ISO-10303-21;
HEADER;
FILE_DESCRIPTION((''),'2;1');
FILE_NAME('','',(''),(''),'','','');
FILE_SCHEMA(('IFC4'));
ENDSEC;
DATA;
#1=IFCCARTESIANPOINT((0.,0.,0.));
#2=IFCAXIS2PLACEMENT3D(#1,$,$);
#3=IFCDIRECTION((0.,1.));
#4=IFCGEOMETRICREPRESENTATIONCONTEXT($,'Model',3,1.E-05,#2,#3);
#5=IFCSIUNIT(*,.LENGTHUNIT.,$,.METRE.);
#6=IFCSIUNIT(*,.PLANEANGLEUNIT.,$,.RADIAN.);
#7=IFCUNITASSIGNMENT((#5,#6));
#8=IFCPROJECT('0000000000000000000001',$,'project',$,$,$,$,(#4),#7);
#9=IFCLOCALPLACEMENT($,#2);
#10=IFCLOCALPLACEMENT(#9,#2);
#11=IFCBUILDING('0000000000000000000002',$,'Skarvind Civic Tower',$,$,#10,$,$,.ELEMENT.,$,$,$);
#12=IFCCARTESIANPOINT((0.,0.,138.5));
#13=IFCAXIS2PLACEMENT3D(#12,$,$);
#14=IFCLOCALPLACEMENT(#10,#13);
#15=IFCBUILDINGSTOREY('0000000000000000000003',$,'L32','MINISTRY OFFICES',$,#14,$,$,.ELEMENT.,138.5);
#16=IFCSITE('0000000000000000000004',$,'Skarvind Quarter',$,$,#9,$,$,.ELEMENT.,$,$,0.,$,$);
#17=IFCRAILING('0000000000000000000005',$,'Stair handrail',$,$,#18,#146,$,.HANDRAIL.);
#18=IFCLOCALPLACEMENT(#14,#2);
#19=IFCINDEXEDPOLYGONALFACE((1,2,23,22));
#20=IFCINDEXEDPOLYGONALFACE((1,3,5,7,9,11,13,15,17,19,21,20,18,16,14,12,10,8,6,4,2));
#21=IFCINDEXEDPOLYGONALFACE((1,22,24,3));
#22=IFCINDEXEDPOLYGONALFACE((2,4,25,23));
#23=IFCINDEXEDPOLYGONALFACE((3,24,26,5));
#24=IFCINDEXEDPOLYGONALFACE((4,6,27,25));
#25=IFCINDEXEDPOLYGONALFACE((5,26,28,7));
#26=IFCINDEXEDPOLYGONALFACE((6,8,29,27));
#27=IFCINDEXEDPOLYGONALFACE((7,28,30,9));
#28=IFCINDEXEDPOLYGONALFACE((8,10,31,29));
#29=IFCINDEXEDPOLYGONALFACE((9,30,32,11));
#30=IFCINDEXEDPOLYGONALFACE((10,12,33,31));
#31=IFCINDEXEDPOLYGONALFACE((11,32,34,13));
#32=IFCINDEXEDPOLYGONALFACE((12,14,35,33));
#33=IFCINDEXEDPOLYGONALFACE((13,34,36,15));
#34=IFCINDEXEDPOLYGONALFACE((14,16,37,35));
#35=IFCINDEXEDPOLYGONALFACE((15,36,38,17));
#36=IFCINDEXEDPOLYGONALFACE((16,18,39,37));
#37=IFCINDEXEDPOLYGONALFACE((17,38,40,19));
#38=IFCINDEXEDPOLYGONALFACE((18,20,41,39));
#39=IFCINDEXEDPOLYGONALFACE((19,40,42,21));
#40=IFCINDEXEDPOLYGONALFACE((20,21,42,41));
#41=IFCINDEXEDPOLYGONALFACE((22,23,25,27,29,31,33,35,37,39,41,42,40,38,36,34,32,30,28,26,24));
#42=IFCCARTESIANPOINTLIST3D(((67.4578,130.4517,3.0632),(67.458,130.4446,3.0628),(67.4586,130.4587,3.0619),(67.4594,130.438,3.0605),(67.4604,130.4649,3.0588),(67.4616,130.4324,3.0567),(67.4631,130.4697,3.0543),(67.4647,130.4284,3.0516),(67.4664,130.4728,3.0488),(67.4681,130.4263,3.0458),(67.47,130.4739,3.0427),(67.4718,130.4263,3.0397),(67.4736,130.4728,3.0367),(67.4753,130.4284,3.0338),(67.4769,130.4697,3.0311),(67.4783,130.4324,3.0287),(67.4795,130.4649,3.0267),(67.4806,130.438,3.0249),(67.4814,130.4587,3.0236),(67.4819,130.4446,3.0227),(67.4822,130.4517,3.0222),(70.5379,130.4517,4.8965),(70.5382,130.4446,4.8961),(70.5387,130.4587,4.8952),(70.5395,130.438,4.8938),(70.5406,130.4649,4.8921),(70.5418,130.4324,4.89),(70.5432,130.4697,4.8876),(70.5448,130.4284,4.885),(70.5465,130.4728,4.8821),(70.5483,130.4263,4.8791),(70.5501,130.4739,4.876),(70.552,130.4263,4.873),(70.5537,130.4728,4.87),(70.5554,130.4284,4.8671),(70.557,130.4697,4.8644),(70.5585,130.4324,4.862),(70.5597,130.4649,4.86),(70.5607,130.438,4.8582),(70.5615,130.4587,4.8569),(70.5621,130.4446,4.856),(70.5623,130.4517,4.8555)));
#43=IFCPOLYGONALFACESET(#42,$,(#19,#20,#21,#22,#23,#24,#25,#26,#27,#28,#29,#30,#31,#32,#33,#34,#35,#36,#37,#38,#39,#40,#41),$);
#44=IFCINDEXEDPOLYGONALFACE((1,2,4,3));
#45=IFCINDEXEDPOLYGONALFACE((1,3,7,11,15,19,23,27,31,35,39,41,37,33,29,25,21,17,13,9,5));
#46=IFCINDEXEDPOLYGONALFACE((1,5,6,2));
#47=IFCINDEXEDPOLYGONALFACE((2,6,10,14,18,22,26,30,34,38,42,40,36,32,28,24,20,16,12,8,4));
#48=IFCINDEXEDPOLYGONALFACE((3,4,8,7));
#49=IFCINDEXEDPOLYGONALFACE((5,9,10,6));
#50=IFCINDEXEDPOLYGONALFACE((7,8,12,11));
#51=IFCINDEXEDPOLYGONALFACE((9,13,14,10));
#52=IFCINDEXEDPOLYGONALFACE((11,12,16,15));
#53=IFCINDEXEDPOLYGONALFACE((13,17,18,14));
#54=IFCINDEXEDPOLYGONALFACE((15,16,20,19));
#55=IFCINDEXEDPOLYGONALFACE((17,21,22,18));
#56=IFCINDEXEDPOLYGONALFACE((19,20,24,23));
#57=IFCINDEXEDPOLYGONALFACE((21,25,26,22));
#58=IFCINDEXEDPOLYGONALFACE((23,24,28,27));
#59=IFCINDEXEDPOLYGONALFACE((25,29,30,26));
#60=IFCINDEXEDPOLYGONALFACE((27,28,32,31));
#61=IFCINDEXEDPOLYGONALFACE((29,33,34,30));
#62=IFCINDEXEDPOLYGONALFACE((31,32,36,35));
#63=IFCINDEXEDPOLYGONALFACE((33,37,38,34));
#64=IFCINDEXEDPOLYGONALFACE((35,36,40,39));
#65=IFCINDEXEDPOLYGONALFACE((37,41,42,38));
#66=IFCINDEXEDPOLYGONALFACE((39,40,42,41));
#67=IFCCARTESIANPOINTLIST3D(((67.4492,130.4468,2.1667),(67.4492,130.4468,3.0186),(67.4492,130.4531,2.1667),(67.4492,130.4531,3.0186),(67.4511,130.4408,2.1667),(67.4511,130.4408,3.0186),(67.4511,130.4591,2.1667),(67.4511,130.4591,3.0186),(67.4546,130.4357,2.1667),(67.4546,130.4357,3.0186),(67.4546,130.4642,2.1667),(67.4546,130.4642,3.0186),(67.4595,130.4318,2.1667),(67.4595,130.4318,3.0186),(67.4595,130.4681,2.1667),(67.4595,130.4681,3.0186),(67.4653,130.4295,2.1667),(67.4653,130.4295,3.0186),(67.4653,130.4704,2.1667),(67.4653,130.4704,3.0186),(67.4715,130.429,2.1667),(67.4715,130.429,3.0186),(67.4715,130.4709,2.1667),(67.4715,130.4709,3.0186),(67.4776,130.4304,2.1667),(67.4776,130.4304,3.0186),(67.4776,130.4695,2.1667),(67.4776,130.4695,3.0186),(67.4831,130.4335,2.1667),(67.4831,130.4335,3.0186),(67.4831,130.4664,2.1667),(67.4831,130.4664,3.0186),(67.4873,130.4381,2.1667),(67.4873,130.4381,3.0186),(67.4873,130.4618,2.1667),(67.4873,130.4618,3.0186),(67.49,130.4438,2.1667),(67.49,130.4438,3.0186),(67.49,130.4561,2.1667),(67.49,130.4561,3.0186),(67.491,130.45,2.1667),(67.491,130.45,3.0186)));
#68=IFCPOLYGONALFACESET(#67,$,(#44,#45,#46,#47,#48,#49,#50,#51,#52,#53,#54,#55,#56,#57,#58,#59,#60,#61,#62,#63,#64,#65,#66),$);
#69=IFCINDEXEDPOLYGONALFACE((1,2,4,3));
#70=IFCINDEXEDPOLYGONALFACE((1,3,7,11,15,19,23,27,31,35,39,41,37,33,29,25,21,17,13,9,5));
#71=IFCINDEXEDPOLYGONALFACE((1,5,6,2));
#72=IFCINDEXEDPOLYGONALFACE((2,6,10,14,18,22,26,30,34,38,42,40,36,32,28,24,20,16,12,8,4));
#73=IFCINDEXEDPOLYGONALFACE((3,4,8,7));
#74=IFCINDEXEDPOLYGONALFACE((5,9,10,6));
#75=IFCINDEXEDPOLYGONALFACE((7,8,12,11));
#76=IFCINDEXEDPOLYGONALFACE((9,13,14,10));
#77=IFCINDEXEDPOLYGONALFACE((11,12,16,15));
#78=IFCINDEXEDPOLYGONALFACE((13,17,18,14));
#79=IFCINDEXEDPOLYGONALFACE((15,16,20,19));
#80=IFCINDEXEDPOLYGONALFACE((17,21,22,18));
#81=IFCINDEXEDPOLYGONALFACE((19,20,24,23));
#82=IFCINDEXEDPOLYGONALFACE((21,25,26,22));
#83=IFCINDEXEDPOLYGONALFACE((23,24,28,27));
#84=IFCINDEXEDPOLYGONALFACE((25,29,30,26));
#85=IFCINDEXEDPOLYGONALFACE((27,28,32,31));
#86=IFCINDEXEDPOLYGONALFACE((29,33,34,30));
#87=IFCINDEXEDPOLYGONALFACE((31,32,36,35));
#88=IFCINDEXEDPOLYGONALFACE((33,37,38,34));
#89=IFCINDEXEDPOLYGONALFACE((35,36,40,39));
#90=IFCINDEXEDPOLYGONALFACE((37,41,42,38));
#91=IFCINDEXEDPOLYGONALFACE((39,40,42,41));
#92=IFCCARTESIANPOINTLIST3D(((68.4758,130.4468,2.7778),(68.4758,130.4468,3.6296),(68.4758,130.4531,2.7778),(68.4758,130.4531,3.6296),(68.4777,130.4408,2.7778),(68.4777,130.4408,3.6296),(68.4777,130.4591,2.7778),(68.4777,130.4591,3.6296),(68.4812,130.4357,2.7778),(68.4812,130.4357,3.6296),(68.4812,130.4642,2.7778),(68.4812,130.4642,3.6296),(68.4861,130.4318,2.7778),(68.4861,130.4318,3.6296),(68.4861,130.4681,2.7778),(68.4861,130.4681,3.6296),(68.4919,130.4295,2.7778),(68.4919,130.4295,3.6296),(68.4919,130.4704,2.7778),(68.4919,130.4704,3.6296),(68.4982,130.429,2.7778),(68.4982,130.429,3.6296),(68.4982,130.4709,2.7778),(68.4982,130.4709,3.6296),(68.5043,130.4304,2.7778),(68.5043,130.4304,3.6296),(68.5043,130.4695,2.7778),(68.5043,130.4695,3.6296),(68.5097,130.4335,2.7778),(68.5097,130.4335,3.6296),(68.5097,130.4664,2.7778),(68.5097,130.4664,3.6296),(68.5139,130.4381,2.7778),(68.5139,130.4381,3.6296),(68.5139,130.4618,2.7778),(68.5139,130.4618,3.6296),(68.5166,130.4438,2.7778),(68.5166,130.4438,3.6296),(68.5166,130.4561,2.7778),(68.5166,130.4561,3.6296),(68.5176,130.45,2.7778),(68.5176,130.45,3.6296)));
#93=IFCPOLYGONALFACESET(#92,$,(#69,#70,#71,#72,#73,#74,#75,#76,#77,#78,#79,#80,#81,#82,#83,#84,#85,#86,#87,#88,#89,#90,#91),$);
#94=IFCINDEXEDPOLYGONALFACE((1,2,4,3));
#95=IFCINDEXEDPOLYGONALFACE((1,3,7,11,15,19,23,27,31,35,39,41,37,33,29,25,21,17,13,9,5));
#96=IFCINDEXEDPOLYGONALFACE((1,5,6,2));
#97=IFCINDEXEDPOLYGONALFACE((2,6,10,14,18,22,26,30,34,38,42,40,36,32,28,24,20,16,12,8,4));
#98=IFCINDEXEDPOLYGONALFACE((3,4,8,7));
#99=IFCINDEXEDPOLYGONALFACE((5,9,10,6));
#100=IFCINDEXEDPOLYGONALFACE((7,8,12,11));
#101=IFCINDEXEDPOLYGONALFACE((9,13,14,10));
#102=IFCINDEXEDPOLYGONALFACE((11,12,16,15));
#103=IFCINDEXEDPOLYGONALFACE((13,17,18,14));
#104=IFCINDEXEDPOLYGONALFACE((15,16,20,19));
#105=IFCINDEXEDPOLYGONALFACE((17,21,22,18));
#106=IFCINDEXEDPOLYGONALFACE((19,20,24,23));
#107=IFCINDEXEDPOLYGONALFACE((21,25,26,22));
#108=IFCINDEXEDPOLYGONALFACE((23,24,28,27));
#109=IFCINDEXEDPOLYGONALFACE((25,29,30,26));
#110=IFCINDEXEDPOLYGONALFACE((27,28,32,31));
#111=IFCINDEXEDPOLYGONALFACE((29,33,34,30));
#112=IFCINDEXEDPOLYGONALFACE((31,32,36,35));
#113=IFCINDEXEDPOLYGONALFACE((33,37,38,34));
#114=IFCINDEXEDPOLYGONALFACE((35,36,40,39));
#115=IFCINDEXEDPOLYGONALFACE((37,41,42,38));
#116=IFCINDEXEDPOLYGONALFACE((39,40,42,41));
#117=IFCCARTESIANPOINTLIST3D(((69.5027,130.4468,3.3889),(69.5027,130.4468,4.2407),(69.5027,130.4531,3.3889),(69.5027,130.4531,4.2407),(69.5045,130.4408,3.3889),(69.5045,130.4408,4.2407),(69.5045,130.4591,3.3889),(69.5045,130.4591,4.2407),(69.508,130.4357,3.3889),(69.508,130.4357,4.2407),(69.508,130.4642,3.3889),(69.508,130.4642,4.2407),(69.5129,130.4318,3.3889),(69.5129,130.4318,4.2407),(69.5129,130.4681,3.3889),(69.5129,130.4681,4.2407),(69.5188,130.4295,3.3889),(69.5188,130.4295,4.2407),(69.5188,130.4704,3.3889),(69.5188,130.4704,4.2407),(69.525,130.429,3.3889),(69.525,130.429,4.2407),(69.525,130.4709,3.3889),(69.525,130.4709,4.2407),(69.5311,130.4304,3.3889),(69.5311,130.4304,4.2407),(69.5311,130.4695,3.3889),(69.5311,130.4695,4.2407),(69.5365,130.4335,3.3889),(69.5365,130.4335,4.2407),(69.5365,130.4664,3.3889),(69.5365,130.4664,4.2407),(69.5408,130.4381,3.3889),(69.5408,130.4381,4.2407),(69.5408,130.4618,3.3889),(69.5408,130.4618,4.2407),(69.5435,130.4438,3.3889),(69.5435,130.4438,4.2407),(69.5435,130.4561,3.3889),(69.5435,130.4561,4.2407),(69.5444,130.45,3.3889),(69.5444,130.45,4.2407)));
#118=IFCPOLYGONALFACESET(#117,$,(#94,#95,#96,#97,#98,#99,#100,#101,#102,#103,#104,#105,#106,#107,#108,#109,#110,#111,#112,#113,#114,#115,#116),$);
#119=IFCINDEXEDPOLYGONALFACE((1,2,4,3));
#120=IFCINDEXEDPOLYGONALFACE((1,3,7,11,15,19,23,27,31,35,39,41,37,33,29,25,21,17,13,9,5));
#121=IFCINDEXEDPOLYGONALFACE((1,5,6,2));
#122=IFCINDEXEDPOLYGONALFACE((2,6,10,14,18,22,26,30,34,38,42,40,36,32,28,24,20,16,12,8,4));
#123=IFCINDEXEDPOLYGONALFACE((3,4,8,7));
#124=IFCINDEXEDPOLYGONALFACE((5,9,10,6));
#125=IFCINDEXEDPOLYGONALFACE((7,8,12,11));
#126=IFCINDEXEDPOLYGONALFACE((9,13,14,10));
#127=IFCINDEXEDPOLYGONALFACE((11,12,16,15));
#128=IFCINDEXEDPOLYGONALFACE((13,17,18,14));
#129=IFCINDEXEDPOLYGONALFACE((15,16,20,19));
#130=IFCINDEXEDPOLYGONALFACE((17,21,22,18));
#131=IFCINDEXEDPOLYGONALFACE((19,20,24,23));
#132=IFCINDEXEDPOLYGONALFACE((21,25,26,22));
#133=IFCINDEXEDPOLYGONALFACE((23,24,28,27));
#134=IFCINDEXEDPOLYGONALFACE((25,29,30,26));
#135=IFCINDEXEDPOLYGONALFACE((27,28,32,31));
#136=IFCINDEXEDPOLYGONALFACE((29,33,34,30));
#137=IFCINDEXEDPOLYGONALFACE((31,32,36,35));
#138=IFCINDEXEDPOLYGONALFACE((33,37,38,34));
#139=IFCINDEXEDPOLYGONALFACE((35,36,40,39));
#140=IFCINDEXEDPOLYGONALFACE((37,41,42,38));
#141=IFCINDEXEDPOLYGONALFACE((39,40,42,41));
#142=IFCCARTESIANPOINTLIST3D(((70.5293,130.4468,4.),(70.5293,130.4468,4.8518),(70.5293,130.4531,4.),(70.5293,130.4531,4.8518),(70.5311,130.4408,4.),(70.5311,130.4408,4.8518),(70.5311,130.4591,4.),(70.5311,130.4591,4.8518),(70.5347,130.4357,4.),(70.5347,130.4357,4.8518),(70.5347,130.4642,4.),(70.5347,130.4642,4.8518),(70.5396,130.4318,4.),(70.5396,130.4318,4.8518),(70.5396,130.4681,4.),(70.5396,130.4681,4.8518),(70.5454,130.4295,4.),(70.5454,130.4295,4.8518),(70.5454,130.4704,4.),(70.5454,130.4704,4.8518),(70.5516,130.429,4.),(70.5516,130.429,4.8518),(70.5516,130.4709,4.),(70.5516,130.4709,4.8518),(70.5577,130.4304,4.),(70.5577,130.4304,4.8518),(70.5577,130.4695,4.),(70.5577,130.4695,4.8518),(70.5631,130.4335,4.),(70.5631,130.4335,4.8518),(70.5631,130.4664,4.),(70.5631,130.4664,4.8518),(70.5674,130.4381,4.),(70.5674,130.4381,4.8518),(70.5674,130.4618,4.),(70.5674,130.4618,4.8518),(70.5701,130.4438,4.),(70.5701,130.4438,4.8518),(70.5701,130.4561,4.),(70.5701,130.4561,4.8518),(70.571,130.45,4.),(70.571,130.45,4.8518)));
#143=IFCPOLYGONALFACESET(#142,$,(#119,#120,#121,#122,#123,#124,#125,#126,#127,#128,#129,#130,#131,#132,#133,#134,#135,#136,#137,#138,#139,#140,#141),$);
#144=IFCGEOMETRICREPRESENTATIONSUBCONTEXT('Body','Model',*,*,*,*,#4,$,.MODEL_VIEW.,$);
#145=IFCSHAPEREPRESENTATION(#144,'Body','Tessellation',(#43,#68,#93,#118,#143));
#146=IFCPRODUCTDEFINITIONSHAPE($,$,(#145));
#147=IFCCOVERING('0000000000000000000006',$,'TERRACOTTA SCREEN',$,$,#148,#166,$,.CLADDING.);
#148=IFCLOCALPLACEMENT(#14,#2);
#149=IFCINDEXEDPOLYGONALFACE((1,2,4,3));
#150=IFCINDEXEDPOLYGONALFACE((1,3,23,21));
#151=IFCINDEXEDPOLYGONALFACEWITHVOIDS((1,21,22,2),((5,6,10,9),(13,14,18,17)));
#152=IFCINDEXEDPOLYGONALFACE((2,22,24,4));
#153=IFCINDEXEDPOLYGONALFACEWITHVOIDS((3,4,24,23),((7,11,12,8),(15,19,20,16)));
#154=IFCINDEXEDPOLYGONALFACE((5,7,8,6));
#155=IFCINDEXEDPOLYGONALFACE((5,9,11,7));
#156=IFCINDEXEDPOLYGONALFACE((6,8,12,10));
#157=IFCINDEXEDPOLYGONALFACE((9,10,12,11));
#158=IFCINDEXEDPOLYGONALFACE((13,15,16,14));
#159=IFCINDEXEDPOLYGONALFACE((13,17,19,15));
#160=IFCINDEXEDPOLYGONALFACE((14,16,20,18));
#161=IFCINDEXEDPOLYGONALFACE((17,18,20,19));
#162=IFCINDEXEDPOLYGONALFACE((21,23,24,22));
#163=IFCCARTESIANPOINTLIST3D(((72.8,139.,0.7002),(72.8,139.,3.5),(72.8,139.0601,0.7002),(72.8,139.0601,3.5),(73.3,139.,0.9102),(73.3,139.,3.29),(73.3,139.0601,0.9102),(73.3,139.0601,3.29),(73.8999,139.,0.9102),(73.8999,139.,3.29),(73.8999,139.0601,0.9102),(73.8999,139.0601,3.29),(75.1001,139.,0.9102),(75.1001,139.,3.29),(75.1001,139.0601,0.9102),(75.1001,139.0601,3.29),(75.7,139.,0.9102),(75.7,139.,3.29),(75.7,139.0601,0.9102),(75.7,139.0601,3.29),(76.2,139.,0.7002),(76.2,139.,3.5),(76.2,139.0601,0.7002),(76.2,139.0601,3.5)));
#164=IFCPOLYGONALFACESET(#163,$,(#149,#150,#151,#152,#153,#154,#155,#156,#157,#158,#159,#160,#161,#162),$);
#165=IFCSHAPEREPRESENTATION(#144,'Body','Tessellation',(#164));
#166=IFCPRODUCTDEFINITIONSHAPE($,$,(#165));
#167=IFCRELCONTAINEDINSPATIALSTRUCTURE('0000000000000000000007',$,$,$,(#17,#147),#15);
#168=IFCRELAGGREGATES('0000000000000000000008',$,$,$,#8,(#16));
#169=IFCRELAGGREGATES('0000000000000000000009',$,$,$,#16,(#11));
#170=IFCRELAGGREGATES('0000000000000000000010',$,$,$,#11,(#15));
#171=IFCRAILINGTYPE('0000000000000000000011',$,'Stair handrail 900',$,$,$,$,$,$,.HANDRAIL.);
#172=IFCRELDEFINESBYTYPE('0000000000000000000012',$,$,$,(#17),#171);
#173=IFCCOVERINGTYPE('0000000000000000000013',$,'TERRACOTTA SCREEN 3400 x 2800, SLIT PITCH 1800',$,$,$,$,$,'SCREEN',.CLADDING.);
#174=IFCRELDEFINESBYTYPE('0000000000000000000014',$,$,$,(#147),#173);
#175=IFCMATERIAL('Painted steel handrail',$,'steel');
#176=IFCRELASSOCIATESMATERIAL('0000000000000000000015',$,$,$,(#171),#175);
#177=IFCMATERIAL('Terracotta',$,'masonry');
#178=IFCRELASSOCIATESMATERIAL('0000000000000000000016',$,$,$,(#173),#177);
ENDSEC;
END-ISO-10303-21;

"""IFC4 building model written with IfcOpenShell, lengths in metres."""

from ifc_helpers import new_model, si_unit, direction, frame, origin, origin_2d, place, context, subcontext, project, spatial, polyline, circle, outline, extrude, material, material_profile, profile_set, type_object, element, save


model = new_model("IFC4")

# Units and contexts
model_context = context("Model", 3, precision=1e-05, world=origin(), true_north=direction((0.0, 1.0)))
body_context = subcontext(model_context, "Body", "Model", "MODEL_VIEW")
ifc_project = project(units=[si_unit("LENGTHUNIT", "METRE"), si_unit("PLANEANGLEUNIT", "RADIAN")], contexts=[model_context])

# Site, building, storey
site_placement = place(None, origin())
site = spatial("IfcSite", under=ifc_project, at=site_placement, Name="Skarvind Quarter", CompositionType="ELEMENT", RefElevation=0.0)
building_placement = place(site_placement, origin())
building = spatial("IfcBuilding", under=site, at=building_placement, Name="Skarvind Civic Tower", CompositionType="ELEMENT")
storey_placement = place(building_placement, frame((0.0, 0.0, 138.5)))
storey = spatial("IfcBuildingStorey", under=building, at=storey_placement, Name="L32", Description="MINISTRY OFFICES", CompositionType="ELEMENT", Elevation=138.5)

# Railing
ifc_material_1 = material(Name="Painted steel handrail", Category="steel")
railing_type = type_object("IfcRailingType", Name="Stair handrail 900", PredefinedType="HANDRAIL", material=ifc_material_1)
railing_1_placement = place(storey_placement, frame((67.47, 130.45, 2.1667)))
element("IfcRailing", 1, at=railing_1_placement, inside=storey, type_object=railing_type, Name="Stair handrail", PredefinedType="HANDRAIL", context=body_context, shape_type="SweptSolid", body=[
    extrude(circle(Radius=0.0239, at=origin_2d()), frame((0.0, 0.0, 0.876), z_axis=(0.859309, 0.0, 0.511458), x_axis=(0.0, 1.0, 0.0)), (0.0, 0.0, 1.0), 3.5845),
    extrude(circle(Radius=0.021, at=origin_2d()), origin(), (0.0, 0.0, 1.0), 0.8518),
    extrude(circle(Radius=0.021, at=origin_2d()), frame((1.0266, 0.0, 0.6111)), (0.0, 0.0, 1.0), 0.8518),
    extrude(circle(Radius=0.021, at=origin_2d()), frame((2.0535, 0.0, 1.2222)), (0.0, 0.0, 1.0), 0.8518),
    extrude(circle(Radius=0.021, at=origin_2d()), frame((3.0801, 0.0, 1.8333)), (0.0, 0.0, 1.0), 0.8518),
])

# Covering
ifc_material_2 = material(Name="Terracotta", Category="masonry")
ifc_material_profile_1 = material_profile(ifc_material_2, outline(polyline([(-1.7, -1.3999), (1.7, -1.3999), (1.7, 1.3999), (-1.7, 1.3999), (-1.7, -1.3999)]), holes=[polyline([(-1.2, -1.1899), (-0.6001, -1.1899), (-0.6001, 1.1899), (-1.2, 1.1899), (-1.2, -1.1899)]), polyline([(0.6001, -1.1899), (1.2, -1.1899), (1.2, 1.1899), (0.6001, 1.1899), (0.6001, -1.1899)])]), Name="TERRACOTTA SCREEN 3400 x 2800, SLIT PITCH 1800")
ifc_profile_set_1 = profile_set([ifc_material_profile_1], Name="Terracotta")
covering_type = type_object("IfcCoveringType", Name="TERRACOTTA SCREEN 3400 x 2800, SLIT PITCH 1800", ElementType="SCREEN", PredefinedType="CLADDING", material=ifc_profile_set_1)
covering_placement = place(storey_placement, frame((74.5, 139.0, 2.1001), z_axis=(0.0, 1.0, 0.0), x_axis=(-1.0, 0.0, 0.0)))
element("IfcCovering", 2, at=covering_placement, inside=storey, type_object=covering_type, Name="TERRACOTTA SCREEN", PredefinedType="CLADDING", context=body_context, shape_type="SweptSolid", body=[
    extrude(outline(polyline([(-1.7, -1.3999), (1.7, -1.3999), (1.7, 1.3999), (-1.7, 1.3999), (-1.7, -1.3999)]), holes=[polyline([(-1.2, -1.1899), (-0.6001, -1.1899), (-0.6001, 1.1899), (-1.2, 1.1899), (-1.2, -1.1899)]), polyline([(0.6001, -1.1899), (1.2, -1.1899), (1.2, 1.1899), (0.6001, 1.1899), (0.6001, -1.1899)])]), origin(), (0.0, 0.0, 1.0), 0.0601),
])

save(model, "model.ifc")
